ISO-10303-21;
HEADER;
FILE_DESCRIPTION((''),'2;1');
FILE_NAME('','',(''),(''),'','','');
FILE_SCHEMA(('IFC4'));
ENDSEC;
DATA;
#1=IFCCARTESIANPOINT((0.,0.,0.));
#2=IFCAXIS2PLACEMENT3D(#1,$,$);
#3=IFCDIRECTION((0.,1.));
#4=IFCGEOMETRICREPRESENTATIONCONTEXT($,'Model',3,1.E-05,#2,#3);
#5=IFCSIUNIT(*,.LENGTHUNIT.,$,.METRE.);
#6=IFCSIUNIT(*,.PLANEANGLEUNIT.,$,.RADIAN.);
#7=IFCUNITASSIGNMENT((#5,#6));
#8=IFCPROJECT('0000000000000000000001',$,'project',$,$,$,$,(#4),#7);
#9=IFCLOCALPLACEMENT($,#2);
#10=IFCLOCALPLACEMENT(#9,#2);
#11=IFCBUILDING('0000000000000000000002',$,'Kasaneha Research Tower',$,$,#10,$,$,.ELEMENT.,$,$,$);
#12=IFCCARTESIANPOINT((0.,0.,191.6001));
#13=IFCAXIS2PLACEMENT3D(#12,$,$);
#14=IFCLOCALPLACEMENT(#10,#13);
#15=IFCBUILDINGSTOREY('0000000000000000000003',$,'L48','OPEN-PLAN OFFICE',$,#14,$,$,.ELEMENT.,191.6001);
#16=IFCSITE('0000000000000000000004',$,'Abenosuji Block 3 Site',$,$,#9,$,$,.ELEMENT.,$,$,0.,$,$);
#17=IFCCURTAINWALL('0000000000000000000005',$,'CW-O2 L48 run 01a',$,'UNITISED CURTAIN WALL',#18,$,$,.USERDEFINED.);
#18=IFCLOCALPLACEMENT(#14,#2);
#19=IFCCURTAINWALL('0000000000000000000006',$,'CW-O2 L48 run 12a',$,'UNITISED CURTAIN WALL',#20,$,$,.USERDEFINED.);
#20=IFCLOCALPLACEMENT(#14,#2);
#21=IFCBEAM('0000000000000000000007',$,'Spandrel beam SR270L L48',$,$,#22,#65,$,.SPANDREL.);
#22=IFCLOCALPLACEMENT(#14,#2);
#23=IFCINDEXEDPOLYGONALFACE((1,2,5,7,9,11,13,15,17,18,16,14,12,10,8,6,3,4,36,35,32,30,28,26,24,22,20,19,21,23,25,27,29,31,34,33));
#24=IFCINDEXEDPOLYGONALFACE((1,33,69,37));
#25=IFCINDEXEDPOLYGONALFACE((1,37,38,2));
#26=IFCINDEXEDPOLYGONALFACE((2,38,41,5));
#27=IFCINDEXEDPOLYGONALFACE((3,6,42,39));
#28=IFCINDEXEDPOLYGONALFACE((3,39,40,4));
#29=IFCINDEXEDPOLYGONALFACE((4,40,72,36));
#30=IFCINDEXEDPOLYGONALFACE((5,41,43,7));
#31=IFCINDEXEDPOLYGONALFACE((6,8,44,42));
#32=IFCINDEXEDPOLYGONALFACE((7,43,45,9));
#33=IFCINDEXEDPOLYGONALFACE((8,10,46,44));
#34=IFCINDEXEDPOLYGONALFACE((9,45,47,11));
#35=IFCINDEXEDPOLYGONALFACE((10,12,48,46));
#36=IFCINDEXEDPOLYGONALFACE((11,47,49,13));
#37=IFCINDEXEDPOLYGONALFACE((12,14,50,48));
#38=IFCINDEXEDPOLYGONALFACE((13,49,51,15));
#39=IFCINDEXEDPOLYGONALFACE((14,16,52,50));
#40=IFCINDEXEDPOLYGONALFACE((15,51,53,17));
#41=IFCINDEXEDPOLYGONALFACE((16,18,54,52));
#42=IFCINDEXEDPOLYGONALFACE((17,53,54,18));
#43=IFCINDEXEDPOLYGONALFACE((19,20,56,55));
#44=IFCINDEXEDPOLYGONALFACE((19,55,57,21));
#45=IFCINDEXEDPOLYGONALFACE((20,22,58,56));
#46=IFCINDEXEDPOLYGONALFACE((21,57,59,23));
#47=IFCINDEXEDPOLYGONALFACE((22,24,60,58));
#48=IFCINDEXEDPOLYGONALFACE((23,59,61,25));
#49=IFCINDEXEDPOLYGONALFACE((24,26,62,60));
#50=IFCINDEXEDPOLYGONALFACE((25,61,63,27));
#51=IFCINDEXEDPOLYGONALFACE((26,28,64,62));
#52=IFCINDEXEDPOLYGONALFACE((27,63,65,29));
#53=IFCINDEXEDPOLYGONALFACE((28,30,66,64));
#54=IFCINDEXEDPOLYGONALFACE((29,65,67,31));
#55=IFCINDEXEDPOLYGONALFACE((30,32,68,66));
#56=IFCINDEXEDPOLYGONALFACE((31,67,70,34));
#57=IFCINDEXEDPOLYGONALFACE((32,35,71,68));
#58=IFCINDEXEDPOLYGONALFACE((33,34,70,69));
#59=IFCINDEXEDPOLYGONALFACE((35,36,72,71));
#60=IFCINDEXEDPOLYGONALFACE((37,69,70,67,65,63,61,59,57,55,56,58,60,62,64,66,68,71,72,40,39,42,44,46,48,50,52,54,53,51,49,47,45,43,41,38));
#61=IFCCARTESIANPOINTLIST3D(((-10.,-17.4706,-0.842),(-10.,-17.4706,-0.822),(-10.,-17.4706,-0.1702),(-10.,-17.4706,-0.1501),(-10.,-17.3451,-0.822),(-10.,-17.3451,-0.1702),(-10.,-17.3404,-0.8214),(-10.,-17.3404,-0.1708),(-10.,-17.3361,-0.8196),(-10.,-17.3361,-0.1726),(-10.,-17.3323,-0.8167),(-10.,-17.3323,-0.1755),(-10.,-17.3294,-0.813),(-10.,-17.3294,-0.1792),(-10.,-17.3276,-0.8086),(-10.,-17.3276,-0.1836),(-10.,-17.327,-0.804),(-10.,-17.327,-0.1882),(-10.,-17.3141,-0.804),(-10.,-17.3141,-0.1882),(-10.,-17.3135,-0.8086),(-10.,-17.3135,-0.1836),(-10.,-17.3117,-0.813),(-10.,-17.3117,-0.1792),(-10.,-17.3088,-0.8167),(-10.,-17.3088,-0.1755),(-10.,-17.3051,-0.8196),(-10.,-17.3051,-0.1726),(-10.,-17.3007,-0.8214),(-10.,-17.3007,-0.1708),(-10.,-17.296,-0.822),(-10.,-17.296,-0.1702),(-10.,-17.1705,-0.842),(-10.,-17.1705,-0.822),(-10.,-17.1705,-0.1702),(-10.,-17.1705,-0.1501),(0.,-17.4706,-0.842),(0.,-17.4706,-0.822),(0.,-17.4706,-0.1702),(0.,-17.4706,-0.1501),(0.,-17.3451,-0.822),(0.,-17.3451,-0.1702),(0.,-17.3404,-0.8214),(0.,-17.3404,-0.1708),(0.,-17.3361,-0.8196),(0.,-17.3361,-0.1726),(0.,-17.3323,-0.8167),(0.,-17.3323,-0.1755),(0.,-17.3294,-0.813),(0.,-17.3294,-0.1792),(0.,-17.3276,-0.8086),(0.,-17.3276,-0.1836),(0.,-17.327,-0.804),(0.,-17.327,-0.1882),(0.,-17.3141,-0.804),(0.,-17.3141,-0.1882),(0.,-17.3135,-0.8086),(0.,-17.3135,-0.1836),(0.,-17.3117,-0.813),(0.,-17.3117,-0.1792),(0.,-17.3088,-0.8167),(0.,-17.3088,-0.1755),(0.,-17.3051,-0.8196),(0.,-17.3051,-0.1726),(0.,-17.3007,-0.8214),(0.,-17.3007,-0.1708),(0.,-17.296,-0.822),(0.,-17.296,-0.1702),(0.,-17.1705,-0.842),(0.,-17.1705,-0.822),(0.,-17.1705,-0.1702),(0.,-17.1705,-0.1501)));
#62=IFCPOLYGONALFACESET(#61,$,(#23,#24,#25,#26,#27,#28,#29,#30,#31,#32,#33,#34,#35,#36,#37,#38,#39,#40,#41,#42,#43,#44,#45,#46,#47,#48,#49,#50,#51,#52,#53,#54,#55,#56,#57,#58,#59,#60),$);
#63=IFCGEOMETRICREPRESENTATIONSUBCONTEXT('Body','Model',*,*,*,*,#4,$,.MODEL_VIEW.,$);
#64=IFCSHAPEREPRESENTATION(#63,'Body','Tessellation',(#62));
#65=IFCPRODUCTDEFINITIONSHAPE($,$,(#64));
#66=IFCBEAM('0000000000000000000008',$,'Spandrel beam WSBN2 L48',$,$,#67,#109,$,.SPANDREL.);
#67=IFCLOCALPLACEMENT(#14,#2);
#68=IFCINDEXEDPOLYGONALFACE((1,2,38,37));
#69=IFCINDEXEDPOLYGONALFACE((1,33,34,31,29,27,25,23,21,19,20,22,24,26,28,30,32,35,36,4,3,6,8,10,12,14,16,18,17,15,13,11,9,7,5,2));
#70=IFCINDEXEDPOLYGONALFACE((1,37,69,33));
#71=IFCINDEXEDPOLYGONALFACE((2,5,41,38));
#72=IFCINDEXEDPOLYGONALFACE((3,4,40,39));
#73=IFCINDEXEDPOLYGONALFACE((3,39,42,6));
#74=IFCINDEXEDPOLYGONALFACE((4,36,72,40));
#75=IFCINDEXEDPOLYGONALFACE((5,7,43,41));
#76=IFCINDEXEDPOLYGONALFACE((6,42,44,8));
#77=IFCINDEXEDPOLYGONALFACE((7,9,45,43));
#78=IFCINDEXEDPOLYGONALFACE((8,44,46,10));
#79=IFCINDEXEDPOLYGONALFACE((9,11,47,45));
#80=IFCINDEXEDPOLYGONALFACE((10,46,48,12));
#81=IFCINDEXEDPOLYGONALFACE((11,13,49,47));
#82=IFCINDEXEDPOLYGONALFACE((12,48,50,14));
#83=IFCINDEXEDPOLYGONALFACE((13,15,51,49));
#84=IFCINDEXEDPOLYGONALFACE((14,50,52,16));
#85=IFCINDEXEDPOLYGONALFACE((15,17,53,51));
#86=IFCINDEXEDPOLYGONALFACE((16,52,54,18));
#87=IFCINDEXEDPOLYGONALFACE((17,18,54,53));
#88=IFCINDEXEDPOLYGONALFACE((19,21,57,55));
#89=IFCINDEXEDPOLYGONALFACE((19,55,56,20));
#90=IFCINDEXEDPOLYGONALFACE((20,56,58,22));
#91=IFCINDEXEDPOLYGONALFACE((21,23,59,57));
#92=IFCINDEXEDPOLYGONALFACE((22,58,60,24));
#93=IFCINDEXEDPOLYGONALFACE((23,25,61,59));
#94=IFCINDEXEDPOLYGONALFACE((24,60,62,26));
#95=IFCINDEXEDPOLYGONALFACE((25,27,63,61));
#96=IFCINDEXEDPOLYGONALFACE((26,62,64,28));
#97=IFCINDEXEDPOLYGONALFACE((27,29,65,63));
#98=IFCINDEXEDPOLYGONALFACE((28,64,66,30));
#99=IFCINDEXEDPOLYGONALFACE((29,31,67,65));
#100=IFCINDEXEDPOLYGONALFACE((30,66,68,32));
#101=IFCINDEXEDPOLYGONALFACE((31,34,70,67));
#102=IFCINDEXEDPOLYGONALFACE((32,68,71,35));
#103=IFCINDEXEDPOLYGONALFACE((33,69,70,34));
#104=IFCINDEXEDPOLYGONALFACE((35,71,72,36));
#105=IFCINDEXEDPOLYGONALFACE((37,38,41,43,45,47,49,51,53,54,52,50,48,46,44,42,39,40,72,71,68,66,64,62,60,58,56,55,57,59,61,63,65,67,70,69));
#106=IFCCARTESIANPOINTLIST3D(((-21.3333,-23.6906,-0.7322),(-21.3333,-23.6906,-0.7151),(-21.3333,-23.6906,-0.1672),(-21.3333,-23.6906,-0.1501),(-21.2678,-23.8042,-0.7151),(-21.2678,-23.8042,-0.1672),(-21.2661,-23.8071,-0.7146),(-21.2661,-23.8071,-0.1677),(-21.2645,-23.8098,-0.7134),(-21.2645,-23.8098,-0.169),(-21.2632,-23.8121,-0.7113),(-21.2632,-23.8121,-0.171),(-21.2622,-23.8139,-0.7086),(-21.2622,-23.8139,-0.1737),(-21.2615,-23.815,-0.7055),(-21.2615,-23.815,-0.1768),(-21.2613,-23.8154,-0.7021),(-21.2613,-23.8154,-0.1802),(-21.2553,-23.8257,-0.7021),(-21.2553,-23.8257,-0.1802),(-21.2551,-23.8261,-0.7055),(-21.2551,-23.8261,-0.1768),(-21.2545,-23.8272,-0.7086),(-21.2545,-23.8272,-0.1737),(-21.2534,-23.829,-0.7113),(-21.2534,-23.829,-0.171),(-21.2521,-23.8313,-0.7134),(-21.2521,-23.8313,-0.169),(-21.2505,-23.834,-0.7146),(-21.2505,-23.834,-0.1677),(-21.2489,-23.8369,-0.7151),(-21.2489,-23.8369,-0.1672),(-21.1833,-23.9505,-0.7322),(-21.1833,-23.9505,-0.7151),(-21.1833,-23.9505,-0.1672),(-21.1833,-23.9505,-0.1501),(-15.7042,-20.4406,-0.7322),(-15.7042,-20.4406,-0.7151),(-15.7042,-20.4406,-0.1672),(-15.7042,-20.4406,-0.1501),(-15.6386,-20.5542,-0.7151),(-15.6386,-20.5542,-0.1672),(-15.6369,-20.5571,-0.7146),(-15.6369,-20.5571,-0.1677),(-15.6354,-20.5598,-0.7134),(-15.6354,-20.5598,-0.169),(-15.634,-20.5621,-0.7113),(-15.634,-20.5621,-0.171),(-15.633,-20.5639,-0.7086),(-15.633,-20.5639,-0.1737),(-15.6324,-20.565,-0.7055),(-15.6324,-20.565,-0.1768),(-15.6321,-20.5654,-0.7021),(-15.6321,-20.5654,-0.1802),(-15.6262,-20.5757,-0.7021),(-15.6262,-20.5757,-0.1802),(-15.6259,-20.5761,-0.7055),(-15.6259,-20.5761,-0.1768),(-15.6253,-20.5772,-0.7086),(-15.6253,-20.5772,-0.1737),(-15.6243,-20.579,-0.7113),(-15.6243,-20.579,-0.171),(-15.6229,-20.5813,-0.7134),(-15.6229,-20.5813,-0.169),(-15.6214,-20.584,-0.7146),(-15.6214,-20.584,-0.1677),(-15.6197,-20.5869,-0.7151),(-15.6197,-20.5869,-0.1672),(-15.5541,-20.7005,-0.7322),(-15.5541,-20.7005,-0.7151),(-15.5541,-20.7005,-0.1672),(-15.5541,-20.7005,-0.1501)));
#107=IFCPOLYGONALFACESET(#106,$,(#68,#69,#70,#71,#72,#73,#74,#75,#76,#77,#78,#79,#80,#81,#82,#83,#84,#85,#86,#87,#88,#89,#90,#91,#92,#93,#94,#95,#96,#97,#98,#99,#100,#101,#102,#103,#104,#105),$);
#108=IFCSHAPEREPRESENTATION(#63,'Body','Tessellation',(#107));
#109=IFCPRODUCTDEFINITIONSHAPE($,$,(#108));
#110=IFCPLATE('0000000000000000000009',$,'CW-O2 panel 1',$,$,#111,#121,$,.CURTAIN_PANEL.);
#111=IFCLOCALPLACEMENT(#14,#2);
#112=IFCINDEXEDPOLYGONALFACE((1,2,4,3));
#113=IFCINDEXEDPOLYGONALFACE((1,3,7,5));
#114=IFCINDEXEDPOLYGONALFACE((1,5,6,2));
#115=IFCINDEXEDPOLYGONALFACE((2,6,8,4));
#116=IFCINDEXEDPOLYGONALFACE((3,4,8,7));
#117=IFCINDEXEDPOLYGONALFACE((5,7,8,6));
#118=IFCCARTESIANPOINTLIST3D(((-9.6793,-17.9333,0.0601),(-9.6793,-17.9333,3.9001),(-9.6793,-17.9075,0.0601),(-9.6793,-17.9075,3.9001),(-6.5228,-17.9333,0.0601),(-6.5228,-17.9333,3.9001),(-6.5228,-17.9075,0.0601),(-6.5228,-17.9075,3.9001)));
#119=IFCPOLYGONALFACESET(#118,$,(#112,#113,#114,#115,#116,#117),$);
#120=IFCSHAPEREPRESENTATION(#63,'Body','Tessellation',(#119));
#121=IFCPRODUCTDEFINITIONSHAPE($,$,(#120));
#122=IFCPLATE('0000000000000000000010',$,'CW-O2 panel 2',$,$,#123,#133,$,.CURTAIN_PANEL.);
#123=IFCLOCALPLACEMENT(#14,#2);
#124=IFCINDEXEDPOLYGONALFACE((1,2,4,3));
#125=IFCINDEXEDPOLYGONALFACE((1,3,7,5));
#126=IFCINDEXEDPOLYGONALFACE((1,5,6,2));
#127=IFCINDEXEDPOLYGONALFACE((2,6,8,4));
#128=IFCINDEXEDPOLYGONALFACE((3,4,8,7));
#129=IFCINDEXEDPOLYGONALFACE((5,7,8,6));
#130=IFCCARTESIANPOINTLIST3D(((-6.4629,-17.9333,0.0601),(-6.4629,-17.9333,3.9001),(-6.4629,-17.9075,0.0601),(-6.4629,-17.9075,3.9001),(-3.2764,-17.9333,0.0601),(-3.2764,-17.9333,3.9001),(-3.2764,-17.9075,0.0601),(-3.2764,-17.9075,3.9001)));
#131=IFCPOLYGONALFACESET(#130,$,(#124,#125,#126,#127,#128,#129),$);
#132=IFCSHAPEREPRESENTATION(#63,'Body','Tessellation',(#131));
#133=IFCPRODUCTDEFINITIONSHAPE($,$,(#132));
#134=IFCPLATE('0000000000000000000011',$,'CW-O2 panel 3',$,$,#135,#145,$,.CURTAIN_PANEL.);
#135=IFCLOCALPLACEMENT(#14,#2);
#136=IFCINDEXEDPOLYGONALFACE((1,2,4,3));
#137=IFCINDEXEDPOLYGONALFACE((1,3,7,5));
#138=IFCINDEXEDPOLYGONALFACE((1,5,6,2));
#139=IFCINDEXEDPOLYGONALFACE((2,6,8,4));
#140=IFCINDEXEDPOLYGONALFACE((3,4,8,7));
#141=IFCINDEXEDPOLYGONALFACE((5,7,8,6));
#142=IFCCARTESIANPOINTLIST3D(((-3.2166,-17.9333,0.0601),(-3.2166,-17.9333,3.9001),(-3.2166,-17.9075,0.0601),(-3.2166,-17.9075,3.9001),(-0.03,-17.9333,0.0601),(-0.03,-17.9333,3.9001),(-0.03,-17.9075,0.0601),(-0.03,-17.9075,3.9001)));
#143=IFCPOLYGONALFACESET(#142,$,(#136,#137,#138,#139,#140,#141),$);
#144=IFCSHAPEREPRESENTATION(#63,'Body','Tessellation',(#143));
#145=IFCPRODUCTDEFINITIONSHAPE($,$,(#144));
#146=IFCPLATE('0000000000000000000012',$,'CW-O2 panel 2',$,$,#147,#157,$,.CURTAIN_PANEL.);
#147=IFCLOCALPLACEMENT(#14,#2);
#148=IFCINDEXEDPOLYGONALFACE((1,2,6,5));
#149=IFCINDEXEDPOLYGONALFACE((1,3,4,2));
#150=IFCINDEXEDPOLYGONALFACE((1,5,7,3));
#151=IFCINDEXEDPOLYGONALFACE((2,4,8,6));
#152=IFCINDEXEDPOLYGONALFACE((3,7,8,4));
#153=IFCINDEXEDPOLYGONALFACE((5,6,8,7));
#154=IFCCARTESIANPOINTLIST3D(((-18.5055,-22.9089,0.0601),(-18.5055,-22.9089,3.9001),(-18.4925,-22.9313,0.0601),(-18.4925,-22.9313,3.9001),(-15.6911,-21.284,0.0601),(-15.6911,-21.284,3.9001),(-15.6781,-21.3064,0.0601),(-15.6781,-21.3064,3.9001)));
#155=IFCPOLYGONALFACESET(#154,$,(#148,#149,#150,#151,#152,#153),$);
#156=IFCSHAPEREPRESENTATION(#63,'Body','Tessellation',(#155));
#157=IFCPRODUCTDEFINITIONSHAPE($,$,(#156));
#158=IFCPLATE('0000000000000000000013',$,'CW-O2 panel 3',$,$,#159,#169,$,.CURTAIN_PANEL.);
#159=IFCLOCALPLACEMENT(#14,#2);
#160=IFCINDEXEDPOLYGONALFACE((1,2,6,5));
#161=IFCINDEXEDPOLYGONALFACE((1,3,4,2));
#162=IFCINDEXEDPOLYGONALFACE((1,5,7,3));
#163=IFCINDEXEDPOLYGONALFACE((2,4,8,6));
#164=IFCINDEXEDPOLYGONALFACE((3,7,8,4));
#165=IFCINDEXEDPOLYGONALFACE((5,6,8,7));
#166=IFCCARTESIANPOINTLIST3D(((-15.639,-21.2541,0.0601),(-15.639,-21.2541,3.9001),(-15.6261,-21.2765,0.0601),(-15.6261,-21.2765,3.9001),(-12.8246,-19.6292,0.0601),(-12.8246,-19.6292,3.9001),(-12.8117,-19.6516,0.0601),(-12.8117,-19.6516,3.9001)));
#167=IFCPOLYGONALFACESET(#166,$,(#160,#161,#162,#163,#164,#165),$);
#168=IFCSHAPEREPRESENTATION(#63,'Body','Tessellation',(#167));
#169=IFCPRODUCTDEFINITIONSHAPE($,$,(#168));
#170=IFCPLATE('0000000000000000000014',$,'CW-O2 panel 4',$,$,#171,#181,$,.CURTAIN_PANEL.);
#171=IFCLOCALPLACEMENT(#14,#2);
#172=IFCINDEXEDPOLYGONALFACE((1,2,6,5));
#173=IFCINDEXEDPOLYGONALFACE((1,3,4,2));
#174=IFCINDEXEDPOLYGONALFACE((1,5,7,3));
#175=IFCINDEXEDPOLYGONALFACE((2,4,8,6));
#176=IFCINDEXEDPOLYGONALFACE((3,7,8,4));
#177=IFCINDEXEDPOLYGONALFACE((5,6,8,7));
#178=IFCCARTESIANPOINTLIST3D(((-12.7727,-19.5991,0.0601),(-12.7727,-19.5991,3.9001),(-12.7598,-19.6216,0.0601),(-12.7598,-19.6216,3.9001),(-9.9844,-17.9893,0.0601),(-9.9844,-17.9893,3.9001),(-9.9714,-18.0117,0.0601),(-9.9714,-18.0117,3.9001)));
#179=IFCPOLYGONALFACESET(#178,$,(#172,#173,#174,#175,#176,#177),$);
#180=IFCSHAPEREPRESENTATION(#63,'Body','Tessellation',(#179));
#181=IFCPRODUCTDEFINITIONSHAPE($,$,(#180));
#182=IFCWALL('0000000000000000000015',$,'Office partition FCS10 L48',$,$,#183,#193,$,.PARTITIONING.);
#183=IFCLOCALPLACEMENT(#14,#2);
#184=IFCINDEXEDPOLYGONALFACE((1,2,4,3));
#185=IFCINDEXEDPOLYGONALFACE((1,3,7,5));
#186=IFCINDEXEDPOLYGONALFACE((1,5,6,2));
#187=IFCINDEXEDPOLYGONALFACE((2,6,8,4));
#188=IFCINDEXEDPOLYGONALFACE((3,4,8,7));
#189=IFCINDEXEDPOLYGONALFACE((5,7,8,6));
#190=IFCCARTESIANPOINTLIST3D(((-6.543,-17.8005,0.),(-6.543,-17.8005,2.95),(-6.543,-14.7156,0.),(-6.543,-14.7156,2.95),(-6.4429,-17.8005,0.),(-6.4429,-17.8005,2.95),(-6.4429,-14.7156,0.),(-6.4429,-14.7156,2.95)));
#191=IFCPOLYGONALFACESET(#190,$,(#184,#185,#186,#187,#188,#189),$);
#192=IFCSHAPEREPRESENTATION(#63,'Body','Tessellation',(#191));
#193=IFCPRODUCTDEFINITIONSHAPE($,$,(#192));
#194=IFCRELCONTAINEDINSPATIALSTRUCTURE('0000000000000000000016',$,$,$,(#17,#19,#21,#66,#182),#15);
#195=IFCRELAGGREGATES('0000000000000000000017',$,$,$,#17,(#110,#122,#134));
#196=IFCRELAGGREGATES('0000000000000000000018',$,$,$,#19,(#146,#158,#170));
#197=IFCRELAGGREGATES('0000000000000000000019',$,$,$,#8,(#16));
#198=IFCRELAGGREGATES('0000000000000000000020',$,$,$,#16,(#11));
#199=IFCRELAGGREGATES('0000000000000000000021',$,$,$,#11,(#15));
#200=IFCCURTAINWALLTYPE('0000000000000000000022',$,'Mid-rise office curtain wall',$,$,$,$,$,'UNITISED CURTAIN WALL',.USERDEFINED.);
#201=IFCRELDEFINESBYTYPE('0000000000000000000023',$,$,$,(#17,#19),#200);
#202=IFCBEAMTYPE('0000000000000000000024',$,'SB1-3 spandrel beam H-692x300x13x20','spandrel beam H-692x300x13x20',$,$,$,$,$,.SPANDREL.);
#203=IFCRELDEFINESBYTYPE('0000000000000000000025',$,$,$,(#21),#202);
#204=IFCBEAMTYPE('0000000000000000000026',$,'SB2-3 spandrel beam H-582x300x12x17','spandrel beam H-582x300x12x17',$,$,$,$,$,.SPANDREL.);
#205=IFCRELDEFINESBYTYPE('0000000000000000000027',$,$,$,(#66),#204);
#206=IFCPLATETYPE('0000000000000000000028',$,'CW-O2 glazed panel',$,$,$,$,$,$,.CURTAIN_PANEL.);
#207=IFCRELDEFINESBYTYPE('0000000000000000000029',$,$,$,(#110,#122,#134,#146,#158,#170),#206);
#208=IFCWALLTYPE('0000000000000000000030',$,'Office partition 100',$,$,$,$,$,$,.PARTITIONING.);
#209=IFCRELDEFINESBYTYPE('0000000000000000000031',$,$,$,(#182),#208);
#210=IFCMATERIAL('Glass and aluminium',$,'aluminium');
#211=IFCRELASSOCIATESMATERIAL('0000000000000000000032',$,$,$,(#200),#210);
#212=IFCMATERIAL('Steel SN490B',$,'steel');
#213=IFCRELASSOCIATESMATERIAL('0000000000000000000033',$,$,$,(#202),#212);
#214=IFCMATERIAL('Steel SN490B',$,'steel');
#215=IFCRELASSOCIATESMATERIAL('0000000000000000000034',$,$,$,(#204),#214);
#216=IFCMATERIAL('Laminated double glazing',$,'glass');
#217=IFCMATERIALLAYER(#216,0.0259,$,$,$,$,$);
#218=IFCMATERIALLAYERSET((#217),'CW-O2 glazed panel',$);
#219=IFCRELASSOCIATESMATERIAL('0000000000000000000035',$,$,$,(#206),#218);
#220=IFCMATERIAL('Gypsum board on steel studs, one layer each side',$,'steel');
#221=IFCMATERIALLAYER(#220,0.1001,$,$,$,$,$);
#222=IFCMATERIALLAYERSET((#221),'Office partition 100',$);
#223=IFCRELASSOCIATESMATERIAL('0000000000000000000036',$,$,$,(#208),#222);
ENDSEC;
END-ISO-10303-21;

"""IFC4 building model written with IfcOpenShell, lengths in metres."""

from ifc_helpers import new_model, si_unit, direction, frame, frame_2d, origin, origin_2d, place, context, subcontext, project, spatial, rectangle, i_section, extrude, material, layer, layer_set, material_profile, profile_set, type_object, element, aggregate, save


model = new_model("IFC4")

# Units and contexts
model_context = context("Model", 3, precision=1e-05, world=origin(), true_north=direction((0.0, 1.0)))
body_context = subcontext(model_context, "Body", "Model", "MODEL_VIEW")
ifc_project = project(units=[si_unit("LENGTHUNIT", "METRE"), si_unit("PLANEANGLEUNIT", "RADIAN")], contexts=[model_context])

# Site, building, storey
site_placement = place(None, origin())
site = spatial("IfcSite", under=ifc_project, at=site_placement, Name="Abenosuji Block 3 Site", CompositionType="ELEMENT", RefElevation=0.0)
building_placement = place(site_placement, origin())
building = spatial("IfcBuilding", under=site, at=building_placement, Name="Kasaneha Research Tower", CompositionType="ELEMENT")
storey_placement = place(building_placement, frame((0.0, 0.0, 191.6001)))
storey = spatial("IfcBuildingStorey", under=building, at=storey_placement, Name="L48", Description="OPEN-PLAN OFFICE", CompositionType="ELEMENT", Elevation=191.6001)

# Curtain walls
ifc_material_1 = material(Name="Glass and aluminium", Category="aluminium")
curtain_wall_type = type_object("IfcCurtainWallType", Name="Mid-rise office curtain wall", ElementType="UNITISED CURTAIN WALL", PredefinedType="USERDEFINED", material=ifc_material_1)
curtain_wall_1_placement = place(storey_placement, origin())
curtain_wall_1 = element("IfcCurtainWall", 1, at=curtain_wall_1_placement, inside=storey, type_object=curtain_wall_type, Name="CW-O2 L48 run 01a", ObjectType="UNITISED CURTAIN WALL", PredefinedType="USERDEFINED")
curtain_wall_2_placement = place(storey_placement, origin())
curtain_wall_2 = element("IfcCurtainWall", 2, at=curtain_wall_2_placement, inside=storey, type_object=curtain_wall_type, Name="CW-O2 L48 run 12a", ObjectType="UNITISED CURTAIN WALL", PredefinedType="USERDEFINED")

# Beams
ifc_material_2 = material(Name="Steel SN490B", Category="steel")
ifc_material_profile_1 = material_profile(ifc_material_2, i_section(OverallWidth=0.3, OverallDepth=0.6919, WebThickness=0.0129, FlangeThickness=0.02, FilletRadius=0.0181, at=origin_2d()), Name="H-692x300x13x20")
ifc_profile_set_1 = profile_set([ifc_material_profile_1], Name="Steel SN490B")
beam_type_1 = type_object("IfcBeamType", Name="SB1-3 spandrel beam H-692x300x13x20", Description="spandrel beam H-692x300x13x20", PredefinedType="SPANDREL", material=ifc_profile_set_1)
beam_1_placement = place(storey_placement, frame((-10.0, -17.3206, -0.4961), z_axis=(1.0, 0.0, 0.0), x_axis=(0.0, 1.0, 0.0)))
element("IfcBeam", 3, at=beam_1_placement, inside=storey, type_object=beam_type_1, Name="Spandrel beam SR270L L48", PredefinedType="SPANDREL", context=body_context, shape_type="SweptSolid", body=[
    extrude(i_section(OverallWidth=0.3, OverallDepth=0.6919, WebThickness=0.0129, FlangeThickness=0.02, FilletRadius=0.0181, at=origin_2d()), origin(), (0.0, 0.0, 1.0), 10.0),
])
ifc_material_3 = material(Name="Steel SN490B", Category="steel")
ifc_material_profile_2 = material_profile(ifc_material_3, i_section(OverallWidth=0.3, OverallDepth=0.582, WebThickness=0.012, FlangeThickness=0.0171, FilletRadius=0.0129, at=origin_2d()), Name="H-582x300x12x17")
ifc_profile_set_2 = profile_set([ifc_material_profile_2], Name="Steel SN490B")
beam_type_2 = type_object("IfcBeamType", Name="SB2-3 spandrel beam H-582x300x12x17", Description="spandrel beam H-582x300x12x17", PredefinedType="SPANDREL", material=ifc_profile_set_2)
beam_2_placement = place(storey_placement, frame((-15.6292, -20.5706, -0.4412), z_axis=(-0.866025, -0.500001, 0.0), x_axis=(0.500001, -0.866025, 0.0)))
element("IfcBeam", 4, at=beam_2_placement, inside=storey, type_object=beam_type_2, Name="Spandrel beam WSBN2 L48", PredefinedType="SPANDREL", context=body_context, shape_type="SweptSolid", body=[
    extrude(i_section(OverallWidth=0.3, OverallDepth=0.582, WebThickness=0.012, FlangeThickness=0.0171, FilletRadius=0.0129, at=origin_2d()), origin(), (0.0, 0.0, 1.0), 6.5),
])

# Plates
ifc_material_4 = material(Name="Laminated double glazing", Category="glass")
ifc_layer_1 = layer(ifc_material_4, 0.0259)
ifc_layer_set_1 = layer_set([ifc_layer_1], Name="CW-O2 glazed panel")
plate_type = type_object("IfcPlateType", Name="CW-O2 glazed panel", PredefinedType="CURTAIN_PANEL", material=ifc_layer_set_1)
plate_1_placement = place(storey_placement, frame((-8.1011, -17.9204, 0.0601), z_axis=(0.0, 0.0, 1.0), x_axis=(1.0, 0.0, 0.0)))
plate_1 = element("IfcPlate", 5, at=plate_1_placement, type_object=plate_type, Name="CW-O2 panel 1", PredefinedType="CURTAIN_PANEL", context=body_context, shape_type="SweptSolid", body=[
    extrude(rectangle(XDim=3.1565, YDim=0.0259, at=origin_2d()), origin(), (0.0, 0.0, 1.0), 3.8401),
])
plate_2_placement = place(storey_placement, frame((-4.8696, -17.9204, 0.0601), z_axis=(0.0, 0.0, 1.0), x_axis=(1.0, 0.0, 0.0)))
plate_2 = element("IfcPlate", 6, at=plate_2_placement, type_object=plate_type, Name="CW-O2 panel 2", PredefinedType="CURTAIN_PANEL", context=body_context, shape_type="SweptSolid", body=[
    extrude(rectangle(XDim=3.1865, YDim=0.0259, at=origin_2d()), origin(), (0.0, 0.0, 1.0), 3.8401),
])
plate_3_placement = place(storey_placement, frame((-1.6233, -17.9204, 0.0601), z_axis=(0.0, 0.0, 1.0), x_axis=(1.0, 0.0, 0.0)))
plate_3 = element("IfcPlate", 7, at=plate_3_placement, type_object=plate_type, Name="CW-O2 panel 3", PredefinedType="CURTAIN_PANEL", context=body_context, shape_type="SweptSolid", body=[
    extrude(rectangle(XDim=3.1865, YDim=0.0259, at=origin_2d()), origin(), (0.0, 0.0, 1.0), 3.8401),
])
aggregate(curtain_wall_1, [plate_1, plate_2, plate_3])
plate_4_placement = place(storey_placement, frame((-17.0918, -22.1077, 0.0601), z_axis=(0.0, 0.0, 1.0), x_axis=(0.866025, 0.5, 0.0)))
plate_4 = element("IfcPlate", 8, at=plate_4_placement, type_object=plate_type, Name="CW-O2 panel 2", PredefinedType="CURTAIN_PANEL", context=body_context, shape_type="SweptSolid", body=[
    extrude(rectangle(XDim=3.2498, YDim=0.0259, at=origin_2d()), origin(), (0.0, 0.0, 1.0), 3.8401),
])
plate_5_placement = place(storey_placement, frame((-14.2253, -20.4529, 0.0601), z_axis=(0.0, 0.0, 1.0), x_axis=(0.866025, 0.5, 0.0)))
plate_5 = element("IfcPlate", 9, at=plate_5_placement, type_object=plate_type, Name="CW-O2 panel 3", PredefinedType="CURTAIN_PANEL", context=body_context, shape_type="SweptSolid", body=[
    extrude(rectangle(XDim=3.2498, YDim=0.0259, at=origin_2d()), origin(), (0.0, 0.0, 1.0), 3.8401),
])
plate_6_placement = place(storey_placement, frame((-11.3721, -18.8054, 0.0601), z_axis=(0.0, 0.0, 1.0), x_axis=(0.866025, 0.5, 0.0)))
plate_6 = element("IfcPlate", 10, at=plate_6_placement, type_object=plate_type, Name="CW-O2 panel 4", PredefinedType="CURTAIN_PANEL", context=body_context, shape_type="SweptSolid", body=[
    extrude(rectangle(XDim=3.2197, YDim=0.0259, at=origin_2d()), origin(), (0.0, 0.0, 1.0), 3.8401),
])
aggregate(curtain_wall_2, [plate_4, plate_5, plate_6])

# Wall
ifc_material_5 = material(Name="Gypsum board on steel studs, one layer each side", Category="steel")
ifc_layer_2 = layer(ifc_material_5, 0.1001)
ifc_layer_set_2 = layer_set([ifc_layer_2], Name="Office partition 100")
wall_type = type_object("IfcWallType", Name="Office partition 100", PredefinedType="PARTITIONING", material=ifc_layer_set_2)
wall_placement = place(storey_placement, frame((-6.4929, -17.8005, 0.0), z_axis=(0.0, 0.0, 1.0), x_axis=(0.0, 1.0, 0.0)))
element("IfcWall", 11, at=wall_placement, inside=storey, type_object=wall_type, Name="Office partition FCS10 L48", PredefinedType="PARTITIONING", context=body_context, shape_type="SweptSolid", body=[
    extrude(rectangle(XDim=3.085, YDim=0.1001, at=frame_2d((1.5425, 0.0))), origin(), (0.0, 0.0, 1.0), 2.95),
])

save(model, "model.ifc")
